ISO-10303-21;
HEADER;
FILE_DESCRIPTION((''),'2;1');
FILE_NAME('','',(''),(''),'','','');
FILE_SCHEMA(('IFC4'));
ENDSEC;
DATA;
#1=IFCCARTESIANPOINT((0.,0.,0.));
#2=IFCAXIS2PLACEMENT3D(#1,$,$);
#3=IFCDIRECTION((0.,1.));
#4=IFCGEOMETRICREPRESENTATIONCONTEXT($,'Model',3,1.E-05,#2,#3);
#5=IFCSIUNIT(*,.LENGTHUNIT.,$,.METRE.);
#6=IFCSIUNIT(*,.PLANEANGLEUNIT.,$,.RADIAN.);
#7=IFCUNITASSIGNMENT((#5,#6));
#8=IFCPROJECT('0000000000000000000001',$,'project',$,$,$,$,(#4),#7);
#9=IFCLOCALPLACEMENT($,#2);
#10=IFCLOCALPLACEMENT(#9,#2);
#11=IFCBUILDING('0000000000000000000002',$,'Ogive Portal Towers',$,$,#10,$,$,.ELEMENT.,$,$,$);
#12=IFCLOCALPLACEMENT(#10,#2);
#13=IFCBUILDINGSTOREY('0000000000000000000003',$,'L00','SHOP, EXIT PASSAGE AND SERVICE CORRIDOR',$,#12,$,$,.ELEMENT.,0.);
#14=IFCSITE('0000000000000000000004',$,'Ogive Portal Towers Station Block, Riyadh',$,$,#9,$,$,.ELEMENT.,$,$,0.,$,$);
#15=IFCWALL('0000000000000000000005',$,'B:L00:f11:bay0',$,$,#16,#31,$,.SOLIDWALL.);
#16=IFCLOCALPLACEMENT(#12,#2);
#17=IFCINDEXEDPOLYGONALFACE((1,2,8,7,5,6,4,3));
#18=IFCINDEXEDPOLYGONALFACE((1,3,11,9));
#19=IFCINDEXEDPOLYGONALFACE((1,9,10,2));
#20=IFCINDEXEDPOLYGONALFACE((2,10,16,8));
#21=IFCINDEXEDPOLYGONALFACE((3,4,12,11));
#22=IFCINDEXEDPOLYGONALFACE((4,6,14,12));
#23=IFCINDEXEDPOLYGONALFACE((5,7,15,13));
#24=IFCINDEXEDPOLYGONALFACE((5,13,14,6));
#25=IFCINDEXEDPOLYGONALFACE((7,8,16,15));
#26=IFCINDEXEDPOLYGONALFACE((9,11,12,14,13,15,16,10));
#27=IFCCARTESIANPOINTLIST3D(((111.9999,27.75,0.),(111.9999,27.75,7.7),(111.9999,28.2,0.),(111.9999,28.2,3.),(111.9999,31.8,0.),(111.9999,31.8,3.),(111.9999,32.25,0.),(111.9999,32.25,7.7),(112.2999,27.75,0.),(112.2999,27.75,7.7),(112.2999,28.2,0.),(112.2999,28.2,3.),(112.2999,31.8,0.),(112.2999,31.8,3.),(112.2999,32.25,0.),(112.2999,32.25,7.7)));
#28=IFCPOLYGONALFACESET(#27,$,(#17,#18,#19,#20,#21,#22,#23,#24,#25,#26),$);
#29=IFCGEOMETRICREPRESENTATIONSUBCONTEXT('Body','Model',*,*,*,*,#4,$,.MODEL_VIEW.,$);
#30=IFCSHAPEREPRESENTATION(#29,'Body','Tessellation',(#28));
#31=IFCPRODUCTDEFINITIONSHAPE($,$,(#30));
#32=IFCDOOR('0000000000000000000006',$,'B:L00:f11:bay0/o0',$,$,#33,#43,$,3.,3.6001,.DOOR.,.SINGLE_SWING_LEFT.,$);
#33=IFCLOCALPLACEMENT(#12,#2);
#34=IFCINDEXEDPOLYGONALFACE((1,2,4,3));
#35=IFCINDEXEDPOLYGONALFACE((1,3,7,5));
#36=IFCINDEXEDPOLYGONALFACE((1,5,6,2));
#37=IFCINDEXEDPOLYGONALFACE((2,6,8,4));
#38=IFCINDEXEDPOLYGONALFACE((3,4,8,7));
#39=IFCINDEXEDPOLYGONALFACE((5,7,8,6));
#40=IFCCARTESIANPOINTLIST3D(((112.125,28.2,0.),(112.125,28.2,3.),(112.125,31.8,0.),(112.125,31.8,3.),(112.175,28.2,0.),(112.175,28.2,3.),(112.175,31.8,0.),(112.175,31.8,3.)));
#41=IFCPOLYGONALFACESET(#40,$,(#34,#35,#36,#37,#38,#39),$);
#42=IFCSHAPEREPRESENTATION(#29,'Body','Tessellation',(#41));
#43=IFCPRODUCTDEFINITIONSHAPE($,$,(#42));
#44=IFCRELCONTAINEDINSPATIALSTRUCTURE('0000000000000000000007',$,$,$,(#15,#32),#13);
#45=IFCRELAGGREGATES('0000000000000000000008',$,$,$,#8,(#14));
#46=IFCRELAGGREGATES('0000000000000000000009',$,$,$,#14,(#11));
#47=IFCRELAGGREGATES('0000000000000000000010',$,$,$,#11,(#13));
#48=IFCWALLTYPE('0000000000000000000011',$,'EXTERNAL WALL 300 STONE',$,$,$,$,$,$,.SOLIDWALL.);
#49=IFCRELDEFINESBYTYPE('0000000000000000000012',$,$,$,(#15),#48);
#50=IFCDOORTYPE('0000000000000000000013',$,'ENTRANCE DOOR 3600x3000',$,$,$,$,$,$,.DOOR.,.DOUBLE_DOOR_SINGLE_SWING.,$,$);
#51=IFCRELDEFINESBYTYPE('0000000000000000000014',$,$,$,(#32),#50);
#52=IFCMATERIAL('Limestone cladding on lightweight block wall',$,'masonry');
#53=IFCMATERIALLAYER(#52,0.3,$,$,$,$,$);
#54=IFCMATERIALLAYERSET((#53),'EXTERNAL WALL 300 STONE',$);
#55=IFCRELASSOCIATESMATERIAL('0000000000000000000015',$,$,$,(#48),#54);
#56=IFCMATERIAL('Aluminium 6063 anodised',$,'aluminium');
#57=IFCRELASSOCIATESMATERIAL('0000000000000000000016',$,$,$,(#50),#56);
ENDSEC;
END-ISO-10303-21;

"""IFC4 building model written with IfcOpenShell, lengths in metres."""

from ifc_helpers import new_model, si_unit, direction, frame, frame_2d, origin, place, context, subcontext, project, spatial, rectangle, extrude, material, layer, layer_set, type_object, element, fill, save


model = new_model("IFC4")

# Units and contexts
model_context = context("Model", 3, precision=1e-05, world=origin(), true_north=direction((0.0, 1.0)))
body_context = subcontext(model_context, "Body", "Model", "MODEL_VIEW")
ifc_project = project(units=[si_unit("LENGTHUNIT", "METRE"), si_unit("PLANEANGLEUNIT", "RADIAN")], contexts=[model_context])

# Site, building, storey
site_placement = place(None, origin())
site = spatial("IfcSite", under=ifc_project, at=site_placement, Name="Ogive Portal Towers Station Block, Riyadh", CompositionType="ELEMENT", RefElevation=0.0)
building_placement = place(site_placement, origin())
building = spatial("IfcBuilding", under=site, at=building_placement, Name="Ogive Portal Towers", CompositionType="ELEMENT")
storey_placement = place(building_placement, origin())
storey = spatial("IfcBuildingStorey", under=building, at=storey_placement, Name="L00", Description="SHOP, EXIT PASSAGE AND SERVICE CORRIDOR", CompositionType="ELEMENT", Elevation=0.0)

# Shared definitions
ifc_material_1 = material(Name="Aluminium 6063 anodised", Category="aluminium")

# Wall, opening, door
ifc_material_2 = material(Name="Limestone cladding on lightweight block wall", Category="masonry")
ifc_layer_1 = layer(ifc_material_2, 0.3)
ifc_layer_set_1 = layer_set([ifc_layer_1], Name="EXTERNAL WALL 300 STONE")
wall_type = type_object("IfcWallType", Name="EXTERNAL WALL 300 STONE", PredefinedType="SOLIDWALL", material=ifc_layer_set_1)
wall_1_placement = place(storey_placement, frame((112.1499, 27.75, 0.0), z_axis=(0.0, 0.0, 1.0), x_axis=(0.0, 1.0, 0.0)))
wall_1 = element("IfcWall", 1, at=wall_1_placement, inside=storey, type_object=wall_type, Name="B:L00:f11:bay0", PredefinedType="SOLIDWALL", context=body_context, shape_type="SweptSolid", body=[
    extrude(rectangle(XDim=4.5, YDim=0.3, at=frame_2d((2.25, 0.0))), origin(), (0.0, 0.0, 1.0), 7.7),
])
opening_1_placement = place(wall_1_placement, frame((0.45, 0.0, 0.0)))
opening_1 = element("IfcOpeningElement", 2, at=opening_1_placement, cuts=wall_1, PredefinedType="OPENING", context=body_context, shape_type="SweptSolid", body=[
    extrude(rectangle(XDim=3.6001, YDim=3.0, at=frame_2d((1.8, 1.5))), frame((0.0, 0.1602, 0.0), z_axis=(0.0, -1.0, 0.0), x_axis=(1.0, 0.0, 0.0)), (0.0, 0.0, 1.0), 0.3201),
])
door_type_1 = type_object("IfcDoorType", Name="ENTRANCE DOOR 3600x3000", OperationType="DOUBLE_DOOR_SINGLE_SWING", PredefinedType="DOOR", material=ifc_material_1)
door_1_placement = place(opening_1_placement, origin())
door_1 = element("IfcDoor", 3, at=door_1_placement, inside=storey, type_object=door_type_1, Name="B:L00:f11:bay0/o0", OperationType="SINGLE_SWING_LEFT", OverallHeight=3.0, OverallWidth=3.6001, PredefinedType="DOOR", context=body_context, shape_type="SweptSolid", body=[
    extrude(rectangle(XDim=3.6001, YDim=3.0, at=frame_2d((1.8, 1.5))), frame((0.0, 0.0249, 0.0), z_axis=(0.0, -1.0, 0.0), x_axis=(1.0, 0.0, 0.0)), (0.0, 0.0, 1.0), 0.05),
])
fill(opening_1, door_1)

save(model, "model.ifc")
